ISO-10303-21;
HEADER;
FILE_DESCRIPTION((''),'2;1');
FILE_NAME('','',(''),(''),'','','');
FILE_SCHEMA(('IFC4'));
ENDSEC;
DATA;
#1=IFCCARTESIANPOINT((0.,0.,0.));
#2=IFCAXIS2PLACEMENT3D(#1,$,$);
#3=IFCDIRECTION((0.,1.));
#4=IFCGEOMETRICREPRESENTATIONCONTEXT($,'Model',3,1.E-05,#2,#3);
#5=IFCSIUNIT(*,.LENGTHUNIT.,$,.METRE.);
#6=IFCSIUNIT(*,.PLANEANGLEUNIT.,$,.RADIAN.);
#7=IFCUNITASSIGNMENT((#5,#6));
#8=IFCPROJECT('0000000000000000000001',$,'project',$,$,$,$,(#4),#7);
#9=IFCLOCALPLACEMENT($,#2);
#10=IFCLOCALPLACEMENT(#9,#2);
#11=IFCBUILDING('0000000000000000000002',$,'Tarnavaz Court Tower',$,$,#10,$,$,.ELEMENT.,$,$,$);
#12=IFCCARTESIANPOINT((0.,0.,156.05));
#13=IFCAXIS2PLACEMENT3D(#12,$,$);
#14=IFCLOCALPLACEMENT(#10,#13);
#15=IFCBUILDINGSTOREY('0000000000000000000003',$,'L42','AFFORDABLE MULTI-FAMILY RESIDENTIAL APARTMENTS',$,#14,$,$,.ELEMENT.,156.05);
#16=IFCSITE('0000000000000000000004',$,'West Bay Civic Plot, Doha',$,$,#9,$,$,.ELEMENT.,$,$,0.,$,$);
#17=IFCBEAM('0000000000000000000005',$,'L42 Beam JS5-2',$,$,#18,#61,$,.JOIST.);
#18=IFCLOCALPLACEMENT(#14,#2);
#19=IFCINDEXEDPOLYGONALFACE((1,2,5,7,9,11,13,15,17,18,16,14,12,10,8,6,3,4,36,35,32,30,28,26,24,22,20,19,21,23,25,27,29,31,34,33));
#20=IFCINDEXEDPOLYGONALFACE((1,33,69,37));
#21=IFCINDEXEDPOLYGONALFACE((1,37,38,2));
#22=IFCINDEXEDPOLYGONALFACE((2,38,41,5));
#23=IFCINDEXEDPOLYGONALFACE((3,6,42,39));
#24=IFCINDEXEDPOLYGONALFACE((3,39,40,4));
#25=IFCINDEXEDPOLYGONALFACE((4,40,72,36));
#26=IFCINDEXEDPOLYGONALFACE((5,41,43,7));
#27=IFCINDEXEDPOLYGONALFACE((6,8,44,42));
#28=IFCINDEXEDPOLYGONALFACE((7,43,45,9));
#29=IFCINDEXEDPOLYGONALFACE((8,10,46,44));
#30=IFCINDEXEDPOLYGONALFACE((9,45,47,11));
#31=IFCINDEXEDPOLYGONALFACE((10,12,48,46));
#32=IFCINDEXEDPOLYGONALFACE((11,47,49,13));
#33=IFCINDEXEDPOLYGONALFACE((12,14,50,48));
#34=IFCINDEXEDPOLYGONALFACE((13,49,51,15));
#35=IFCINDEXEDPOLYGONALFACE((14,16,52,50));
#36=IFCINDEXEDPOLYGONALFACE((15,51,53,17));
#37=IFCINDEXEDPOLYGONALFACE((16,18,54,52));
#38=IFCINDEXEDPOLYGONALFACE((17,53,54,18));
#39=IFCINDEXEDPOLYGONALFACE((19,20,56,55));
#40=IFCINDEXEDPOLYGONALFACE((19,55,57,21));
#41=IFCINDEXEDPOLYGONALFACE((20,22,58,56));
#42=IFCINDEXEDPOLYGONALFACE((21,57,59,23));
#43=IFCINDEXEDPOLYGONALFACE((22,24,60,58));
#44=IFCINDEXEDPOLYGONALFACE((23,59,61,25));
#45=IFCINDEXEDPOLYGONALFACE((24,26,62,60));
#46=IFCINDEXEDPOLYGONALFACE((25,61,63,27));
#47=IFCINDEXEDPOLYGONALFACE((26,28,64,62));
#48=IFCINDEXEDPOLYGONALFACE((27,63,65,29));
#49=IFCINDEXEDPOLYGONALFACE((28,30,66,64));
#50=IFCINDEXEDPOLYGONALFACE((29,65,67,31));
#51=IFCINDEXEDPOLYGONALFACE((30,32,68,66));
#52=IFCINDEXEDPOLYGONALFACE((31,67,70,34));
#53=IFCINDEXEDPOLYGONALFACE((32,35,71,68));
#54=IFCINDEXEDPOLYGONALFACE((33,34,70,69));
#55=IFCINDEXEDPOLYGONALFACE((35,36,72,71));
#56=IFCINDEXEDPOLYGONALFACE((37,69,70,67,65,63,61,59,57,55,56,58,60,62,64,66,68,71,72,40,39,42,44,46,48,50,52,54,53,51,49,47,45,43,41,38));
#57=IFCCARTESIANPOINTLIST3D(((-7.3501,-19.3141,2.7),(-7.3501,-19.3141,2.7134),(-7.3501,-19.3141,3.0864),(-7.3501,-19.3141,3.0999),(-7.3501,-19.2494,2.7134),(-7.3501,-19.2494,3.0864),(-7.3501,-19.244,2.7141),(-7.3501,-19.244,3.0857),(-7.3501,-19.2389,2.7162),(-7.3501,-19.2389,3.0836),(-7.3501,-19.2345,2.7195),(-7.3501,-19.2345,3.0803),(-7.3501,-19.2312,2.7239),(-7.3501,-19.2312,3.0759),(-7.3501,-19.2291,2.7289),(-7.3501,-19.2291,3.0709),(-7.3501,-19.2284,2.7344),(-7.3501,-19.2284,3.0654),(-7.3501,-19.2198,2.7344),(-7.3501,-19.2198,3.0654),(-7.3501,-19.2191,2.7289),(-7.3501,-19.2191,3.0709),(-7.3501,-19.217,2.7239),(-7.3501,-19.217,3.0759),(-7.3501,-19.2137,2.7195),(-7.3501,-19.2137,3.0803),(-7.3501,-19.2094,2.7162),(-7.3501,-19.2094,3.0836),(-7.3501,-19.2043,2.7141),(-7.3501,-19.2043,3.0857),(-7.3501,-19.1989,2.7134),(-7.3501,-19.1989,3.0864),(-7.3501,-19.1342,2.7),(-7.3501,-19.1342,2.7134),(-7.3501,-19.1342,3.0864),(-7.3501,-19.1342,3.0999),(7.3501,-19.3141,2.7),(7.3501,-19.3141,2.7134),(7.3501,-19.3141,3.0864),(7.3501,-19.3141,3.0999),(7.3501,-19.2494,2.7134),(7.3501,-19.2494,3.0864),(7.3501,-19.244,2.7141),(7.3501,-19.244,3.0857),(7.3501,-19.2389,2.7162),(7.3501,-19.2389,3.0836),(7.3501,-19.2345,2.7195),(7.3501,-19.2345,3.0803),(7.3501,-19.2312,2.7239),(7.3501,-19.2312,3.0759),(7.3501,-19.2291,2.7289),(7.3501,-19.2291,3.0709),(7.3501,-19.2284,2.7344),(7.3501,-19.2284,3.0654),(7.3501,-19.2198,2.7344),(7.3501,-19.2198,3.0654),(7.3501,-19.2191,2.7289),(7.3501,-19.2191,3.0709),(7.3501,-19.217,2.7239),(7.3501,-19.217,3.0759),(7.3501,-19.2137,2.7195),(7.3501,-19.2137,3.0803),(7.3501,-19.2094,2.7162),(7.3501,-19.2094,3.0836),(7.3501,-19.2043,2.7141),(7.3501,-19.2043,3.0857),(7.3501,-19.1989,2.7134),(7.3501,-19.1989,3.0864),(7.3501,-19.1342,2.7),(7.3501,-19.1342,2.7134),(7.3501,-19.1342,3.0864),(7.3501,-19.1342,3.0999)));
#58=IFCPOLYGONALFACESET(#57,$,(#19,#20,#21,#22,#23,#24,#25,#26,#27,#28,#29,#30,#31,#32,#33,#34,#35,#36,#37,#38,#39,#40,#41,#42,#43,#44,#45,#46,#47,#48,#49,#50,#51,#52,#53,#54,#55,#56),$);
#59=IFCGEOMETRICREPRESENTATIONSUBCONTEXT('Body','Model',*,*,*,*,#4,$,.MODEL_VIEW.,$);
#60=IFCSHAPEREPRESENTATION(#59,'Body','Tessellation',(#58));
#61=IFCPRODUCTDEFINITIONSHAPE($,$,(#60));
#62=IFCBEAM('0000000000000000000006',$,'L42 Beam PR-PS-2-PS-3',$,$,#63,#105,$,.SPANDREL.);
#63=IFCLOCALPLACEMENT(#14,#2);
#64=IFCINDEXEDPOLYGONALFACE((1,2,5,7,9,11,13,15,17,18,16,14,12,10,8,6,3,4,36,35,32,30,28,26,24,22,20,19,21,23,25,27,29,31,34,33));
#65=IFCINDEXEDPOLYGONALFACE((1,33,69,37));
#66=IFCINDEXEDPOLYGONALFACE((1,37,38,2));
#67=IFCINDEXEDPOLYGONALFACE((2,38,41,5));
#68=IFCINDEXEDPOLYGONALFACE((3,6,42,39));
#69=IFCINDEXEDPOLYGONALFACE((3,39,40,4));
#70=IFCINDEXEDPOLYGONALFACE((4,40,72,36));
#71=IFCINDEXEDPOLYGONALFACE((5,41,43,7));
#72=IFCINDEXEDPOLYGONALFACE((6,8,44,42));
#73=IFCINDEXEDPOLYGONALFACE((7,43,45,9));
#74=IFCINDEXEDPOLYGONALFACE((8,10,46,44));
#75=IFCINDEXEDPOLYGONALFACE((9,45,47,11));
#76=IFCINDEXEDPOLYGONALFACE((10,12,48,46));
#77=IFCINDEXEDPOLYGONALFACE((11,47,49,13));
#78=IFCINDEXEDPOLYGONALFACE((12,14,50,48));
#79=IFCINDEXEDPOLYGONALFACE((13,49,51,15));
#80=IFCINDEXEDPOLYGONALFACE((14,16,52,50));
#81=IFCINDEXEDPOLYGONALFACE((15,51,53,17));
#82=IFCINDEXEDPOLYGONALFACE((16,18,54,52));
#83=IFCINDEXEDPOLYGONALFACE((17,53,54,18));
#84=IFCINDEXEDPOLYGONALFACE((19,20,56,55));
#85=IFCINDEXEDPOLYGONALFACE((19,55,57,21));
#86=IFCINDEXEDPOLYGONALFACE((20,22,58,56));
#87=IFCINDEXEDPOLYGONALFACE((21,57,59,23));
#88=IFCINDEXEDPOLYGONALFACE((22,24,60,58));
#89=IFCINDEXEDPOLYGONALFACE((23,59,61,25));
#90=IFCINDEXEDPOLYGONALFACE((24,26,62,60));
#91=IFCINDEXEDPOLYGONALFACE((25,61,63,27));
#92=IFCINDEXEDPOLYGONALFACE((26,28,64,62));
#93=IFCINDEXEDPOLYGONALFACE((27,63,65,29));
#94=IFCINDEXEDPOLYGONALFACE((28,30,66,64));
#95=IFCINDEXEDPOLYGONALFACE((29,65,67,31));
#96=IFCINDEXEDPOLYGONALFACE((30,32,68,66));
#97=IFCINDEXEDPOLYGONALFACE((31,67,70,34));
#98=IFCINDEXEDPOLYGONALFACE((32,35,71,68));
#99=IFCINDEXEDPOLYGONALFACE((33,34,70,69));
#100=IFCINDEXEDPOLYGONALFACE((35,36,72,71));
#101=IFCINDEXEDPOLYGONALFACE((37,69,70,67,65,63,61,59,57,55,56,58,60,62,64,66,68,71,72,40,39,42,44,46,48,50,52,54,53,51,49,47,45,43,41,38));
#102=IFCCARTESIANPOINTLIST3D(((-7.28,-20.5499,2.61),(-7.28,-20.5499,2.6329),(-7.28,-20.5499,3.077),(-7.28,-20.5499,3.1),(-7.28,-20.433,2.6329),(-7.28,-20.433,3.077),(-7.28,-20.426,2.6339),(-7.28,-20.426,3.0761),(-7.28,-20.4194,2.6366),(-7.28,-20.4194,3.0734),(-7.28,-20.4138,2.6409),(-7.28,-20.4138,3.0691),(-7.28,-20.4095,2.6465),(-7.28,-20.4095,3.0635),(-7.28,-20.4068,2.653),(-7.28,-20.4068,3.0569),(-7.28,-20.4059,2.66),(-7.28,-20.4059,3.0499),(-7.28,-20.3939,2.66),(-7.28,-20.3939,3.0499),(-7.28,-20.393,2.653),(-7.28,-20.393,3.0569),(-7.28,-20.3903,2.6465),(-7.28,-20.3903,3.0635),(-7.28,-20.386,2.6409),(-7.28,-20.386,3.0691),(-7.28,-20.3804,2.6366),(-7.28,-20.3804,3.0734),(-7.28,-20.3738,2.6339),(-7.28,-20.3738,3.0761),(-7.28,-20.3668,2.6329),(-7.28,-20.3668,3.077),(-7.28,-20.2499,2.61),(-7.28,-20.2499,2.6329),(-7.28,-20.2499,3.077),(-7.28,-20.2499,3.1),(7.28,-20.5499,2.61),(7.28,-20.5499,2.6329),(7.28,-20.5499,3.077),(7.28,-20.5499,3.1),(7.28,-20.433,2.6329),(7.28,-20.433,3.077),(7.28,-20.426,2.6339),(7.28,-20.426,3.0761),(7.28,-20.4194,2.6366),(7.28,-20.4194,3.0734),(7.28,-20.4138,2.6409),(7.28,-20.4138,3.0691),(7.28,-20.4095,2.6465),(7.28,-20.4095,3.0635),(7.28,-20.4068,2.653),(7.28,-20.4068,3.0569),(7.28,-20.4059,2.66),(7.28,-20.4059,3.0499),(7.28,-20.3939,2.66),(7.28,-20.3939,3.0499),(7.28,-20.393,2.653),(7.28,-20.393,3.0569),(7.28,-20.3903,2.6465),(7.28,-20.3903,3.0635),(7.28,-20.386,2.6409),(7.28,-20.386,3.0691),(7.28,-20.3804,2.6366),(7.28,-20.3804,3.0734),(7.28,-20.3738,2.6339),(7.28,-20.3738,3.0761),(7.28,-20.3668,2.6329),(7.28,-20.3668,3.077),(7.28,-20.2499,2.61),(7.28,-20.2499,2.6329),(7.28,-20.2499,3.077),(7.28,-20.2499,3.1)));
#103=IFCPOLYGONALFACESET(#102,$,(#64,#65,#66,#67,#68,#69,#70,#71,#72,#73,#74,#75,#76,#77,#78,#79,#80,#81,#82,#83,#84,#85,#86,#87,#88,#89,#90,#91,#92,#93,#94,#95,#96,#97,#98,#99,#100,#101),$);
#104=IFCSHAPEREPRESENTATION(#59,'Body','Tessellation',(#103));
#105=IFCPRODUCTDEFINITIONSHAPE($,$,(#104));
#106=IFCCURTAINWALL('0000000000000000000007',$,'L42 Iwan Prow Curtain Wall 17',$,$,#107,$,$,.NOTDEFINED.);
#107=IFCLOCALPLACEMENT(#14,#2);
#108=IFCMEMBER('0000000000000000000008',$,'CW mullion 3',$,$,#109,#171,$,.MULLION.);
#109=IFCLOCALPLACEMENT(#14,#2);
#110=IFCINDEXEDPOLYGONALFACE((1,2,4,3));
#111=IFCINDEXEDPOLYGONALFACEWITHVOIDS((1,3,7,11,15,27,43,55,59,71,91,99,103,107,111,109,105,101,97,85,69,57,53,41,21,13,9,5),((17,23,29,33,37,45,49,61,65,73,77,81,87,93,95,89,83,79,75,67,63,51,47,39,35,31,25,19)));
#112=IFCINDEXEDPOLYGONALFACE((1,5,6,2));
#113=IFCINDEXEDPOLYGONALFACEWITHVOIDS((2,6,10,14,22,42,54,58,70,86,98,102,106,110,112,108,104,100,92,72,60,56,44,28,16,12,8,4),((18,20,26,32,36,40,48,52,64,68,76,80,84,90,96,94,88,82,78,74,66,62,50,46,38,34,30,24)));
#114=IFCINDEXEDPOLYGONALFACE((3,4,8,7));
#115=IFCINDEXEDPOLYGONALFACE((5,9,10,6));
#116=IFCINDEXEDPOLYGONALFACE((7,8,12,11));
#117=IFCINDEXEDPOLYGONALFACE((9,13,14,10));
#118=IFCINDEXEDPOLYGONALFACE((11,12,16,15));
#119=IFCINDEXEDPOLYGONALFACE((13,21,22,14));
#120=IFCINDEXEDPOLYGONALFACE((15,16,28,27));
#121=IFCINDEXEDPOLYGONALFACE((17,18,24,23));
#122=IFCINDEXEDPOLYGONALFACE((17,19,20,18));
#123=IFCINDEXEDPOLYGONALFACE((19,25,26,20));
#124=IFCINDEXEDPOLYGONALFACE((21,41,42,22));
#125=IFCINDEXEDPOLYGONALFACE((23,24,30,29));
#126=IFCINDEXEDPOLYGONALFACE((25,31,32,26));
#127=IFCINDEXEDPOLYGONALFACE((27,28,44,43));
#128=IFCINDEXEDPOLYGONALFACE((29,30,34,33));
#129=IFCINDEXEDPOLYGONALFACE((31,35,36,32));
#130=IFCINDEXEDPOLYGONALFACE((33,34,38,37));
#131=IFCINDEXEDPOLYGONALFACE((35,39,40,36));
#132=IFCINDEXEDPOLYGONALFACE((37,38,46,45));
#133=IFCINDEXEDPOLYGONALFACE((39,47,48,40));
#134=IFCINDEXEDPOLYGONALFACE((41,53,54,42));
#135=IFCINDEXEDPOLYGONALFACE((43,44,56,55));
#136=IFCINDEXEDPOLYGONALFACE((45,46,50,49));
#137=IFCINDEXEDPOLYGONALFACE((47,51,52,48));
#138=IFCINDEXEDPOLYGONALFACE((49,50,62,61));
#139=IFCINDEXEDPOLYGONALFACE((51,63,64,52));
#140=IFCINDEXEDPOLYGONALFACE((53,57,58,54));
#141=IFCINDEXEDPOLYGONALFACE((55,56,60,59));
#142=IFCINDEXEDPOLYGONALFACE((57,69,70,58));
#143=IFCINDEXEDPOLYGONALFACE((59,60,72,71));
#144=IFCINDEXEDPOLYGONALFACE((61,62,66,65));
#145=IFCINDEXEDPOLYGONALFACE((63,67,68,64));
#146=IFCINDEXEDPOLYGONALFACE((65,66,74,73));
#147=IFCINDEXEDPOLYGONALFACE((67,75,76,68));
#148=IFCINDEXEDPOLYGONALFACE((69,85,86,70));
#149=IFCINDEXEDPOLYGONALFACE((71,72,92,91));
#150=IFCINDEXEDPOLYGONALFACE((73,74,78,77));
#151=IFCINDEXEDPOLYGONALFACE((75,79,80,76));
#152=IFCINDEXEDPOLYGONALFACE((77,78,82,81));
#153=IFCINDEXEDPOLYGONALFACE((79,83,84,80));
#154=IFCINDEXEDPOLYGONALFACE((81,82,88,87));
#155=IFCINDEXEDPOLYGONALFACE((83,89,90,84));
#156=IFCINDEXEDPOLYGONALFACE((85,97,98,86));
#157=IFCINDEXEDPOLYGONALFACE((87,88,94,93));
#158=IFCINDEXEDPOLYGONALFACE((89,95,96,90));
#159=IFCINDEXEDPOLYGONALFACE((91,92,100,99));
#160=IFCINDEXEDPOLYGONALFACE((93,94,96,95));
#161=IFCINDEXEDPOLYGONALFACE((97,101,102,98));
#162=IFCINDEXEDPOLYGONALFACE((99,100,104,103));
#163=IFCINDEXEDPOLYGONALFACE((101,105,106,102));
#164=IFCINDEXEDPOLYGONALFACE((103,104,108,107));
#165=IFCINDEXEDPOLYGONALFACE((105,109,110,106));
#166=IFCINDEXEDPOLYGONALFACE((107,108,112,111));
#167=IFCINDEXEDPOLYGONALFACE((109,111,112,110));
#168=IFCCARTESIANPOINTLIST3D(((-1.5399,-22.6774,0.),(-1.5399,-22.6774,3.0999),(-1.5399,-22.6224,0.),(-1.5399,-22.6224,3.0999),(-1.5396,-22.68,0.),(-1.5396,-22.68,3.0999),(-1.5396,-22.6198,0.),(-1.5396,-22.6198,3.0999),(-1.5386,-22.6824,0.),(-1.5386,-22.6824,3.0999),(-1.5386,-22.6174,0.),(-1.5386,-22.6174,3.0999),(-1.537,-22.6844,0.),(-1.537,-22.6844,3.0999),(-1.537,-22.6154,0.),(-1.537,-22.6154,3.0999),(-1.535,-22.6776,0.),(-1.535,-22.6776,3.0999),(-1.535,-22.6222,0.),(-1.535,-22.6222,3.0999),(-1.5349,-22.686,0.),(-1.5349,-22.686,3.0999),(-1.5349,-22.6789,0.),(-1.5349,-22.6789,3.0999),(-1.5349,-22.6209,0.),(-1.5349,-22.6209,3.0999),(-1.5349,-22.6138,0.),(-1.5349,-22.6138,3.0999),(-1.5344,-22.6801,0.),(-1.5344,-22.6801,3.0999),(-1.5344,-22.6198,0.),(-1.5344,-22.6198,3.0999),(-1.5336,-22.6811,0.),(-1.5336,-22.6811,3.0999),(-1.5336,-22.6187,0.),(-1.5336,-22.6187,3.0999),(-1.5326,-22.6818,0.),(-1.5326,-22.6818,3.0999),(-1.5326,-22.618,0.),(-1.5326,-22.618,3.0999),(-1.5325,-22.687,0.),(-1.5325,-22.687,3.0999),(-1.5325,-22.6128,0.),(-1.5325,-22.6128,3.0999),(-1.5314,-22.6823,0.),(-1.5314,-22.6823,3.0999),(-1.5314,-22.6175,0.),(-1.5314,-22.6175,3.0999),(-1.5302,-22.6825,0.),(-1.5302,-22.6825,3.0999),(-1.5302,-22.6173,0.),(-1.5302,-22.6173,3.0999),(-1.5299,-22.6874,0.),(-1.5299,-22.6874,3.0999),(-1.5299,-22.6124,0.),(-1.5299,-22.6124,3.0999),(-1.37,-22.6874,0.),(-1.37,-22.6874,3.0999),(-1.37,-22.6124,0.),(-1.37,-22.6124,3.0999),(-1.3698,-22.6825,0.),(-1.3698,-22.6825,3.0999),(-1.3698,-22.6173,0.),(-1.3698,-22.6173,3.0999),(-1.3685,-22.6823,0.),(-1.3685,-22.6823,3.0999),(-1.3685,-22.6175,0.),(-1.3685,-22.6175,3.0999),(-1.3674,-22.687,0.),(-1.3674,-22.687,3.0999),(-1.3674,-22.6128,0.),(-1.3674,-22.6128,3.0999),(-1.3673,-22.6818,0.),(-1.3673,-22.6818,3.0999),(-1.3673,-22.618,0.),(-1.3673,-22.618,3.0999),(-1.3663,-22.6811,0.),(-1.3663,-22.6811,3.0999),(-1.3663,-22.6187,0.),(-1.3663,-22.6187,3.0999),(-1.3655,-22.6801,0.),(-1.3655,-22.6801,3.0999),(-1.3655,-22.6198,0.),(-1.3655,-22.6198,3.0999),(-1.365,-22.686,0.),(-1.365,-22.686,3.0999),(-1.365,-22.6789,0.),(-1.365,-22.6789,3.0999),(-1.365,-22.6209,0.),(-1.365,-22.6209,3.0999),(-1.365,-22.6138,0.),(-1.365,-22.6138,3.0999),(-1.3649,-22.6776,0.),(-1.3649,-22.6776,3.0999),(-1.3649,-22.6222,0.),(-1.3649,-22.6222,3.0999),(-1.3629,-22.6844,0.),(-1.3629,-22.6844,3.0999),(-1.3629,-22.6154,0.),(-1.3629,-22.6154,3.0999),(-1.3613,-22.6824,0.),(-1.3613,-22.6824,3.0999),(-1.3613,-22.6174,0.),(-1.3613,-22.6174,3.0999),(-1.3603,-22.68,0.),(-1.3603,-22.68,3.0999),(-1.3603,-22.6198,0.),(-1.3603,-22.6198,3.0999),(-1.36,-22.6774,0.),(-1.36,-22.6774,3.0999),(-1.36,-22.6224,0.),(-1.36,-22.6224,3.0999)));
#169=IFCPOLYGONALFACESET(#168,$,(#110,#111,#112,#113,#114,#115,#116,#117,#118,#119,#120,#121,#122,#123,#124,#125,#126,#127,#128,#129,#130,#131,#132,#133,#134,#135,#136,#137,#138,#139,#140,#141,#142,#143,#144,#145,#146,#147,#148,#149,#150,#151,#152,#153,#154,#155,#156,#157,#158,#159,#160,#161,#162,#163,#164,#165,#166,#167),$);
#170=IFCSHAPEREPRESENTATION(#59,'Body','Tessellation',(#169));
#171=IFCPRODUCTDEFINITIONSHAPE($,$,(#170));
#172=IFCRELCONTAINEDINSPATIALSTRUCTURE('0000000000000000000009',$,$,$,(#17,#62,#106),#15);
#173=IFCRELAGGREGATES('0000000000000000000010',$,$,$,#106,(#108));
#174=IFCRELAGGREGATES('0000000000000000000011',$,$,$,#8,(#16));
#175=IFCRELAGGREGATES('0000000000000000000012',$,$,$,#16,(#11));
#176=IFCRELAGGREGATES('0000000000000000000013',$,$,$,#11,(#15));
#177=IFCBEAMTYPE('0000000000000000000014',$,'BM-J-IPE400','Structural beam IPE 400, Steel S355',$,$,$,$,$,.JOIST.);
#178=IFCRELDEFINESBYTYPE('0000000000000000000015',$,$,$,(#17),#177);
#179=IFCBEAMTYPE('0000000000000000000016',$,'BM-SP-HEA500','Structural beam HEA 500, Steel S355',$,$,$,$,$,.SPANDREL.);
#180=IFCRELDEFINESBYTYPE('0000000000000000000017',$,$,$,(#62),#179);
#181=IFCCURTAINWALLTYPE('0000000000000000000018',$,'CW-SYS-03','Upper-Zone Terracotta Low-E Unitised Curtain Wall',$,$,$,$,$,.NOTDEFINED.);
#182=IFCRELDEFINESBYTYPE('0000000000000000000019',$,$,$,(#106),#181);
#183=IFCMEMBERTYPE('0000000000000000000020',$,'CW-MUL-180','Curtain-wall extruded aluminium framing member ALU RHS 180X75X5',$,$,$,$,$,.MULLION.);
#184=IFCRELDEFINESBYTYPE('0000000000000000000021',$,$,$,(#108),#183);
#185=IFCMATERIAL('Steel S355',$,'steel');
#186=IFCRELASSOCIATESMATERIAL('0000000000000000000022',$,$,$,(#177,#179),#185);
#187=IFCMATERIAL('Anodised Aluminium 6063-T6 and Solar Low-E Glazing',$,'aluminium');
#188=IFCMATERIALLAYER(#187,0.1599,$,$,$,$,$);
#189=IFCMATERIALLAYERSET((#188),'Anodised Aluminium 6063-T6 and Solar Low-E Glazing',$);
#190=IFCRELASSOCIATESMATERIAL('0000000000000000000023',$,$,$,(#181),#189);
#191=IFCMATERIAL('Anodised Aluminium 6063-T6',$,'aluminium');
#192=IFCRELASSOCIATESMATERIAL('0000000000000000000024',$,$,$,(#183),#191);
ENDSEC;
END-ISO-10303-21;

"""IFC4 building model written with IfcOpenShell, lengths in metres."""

from ifc_helpers import new_model, si_unit, direction, frame, origin, origin_2d, place, context, subcontext, project, spatial, hollow_rectangle, i_section, extrude, material, layer, layer_set, material_profile, profile_set, type_object, element, aggregate, save


model = new_model("IFC4")

# Units and contexts
model_context = context("Model", 3, precision=1e-05, world=origin(), true_north=direction((0.0, 1.0)))
body_context = subcontext(model_context, "Body", "Model", "MODEL_VIEW")
ifc_project = project(units=[si_unit("LENGTHUNIT", "METRE"), si_unit("PLANEANGLEUNIT", "RADIAN")], contexts=[model_context])

# Site, building, storey
site_placement = place(None, origin())
site = spatial("IfcSite", under=ifc_project, at=site_placement, Name="West Bay Civic Plot, Doha", CompositionType="ELEMENT", RefElevation=0.0)
building_placement = place(site_placement, origin())
building = spatial("IfcBuilding", under=site, at=building_placement, Name="Tarnavaz Court Tower", CompositionType="ELEMENT")
storey_placement = place(building_placement, frame((0.0, 0.0, 156.05)))
storey = spatial("IfcBuildingStorey", under=building, at=storey_placement, Name="L42", Description="AFFORDABLE MULTI-FAMILY RESIDENTIAL APARTMENTS", CompositionType="ELEMENT", Elevation=156.05)

# Beams
ifc_material_1 = material(Name="Steel S355", Category="steel")
ifc_material_profile_1 = material_profile(ifc_material_1, i_section(OverallWidth=0.1799, OverallDepth=0.3999, WebThickness=0.0085, FlangeThickness=0.0134, FilletRadius=0.021, at=origin_2d()), Name="IPE 400")
ifc_profile_set_1 = profile_set([ifc_material_profile_1], Name="Steel S355")
beam_type_1 = type_object("IfcBeamType", Name="BM-J-IPE400", Description="Structural beam IPE 400, Steel S355", PredefinedType="JOIST", material=ifc_profile_set_1)
for number, where, z_axis, x_axis, name in (
    (1, (-7.3501, -19.2241, 2.8999), (1.0, 0.0, 0.0), (0.0, 1.0, 0.0), "L42 Beam JS5-2"),
):
    element("IfcBeam", number, at=place(storey_placement, frame(where, z_axis=z_axis, x_axis=x_axis)), inside=storey, type_object=beam_type_1, Name=name, PredefinedType="JOIST", context=body_context, shape_type="SweptSolid", body=[
        extrude(i_section(OverallWidth=0.1799, OverallDepth=0.3999, WebThickness=0.0085, FlangeThickness=0.0134, FilletRadius=0.021, at=origin_2d()), origin(), (0.0, 0.0, 1.0), 14.7002),
    ])
ifc_material_profile_2 = material_profile(ifc_material_1, i_section(OverallWidth=0.3, OverallDepth=0.49, WebThickness=0.012, FlangeThickness=0.0229, FilletRadius=0.0271, at=origin_2d()), Name="HEA 500")
ifc_profile_set_2 = profile_set([ifc_material_profile_2], Name="Steel S355")
beam_type_2 = type_object("IfcBeamType", Name="BM-SP-HEA500", Description="Structural beam HEA 500, Steel S355", PredefinedType="SPANDREL", material=ifc_profile_set_2)
beam_placement = place(storey_placement, frame((-7.28, -20.3999, 2.855), z_axis=(1.0, 0.0, 0.0), x_axis=(0.0, 1.0, 0.0)))
element("IfcBeam", 2, at=beam_placement, inside=storey, type_object=beam_type_2, Name="L42 Beam PR-PS-2-PS-3", PredefinedType="SPANDREL", context=body_context, shape_type="SweptSolid", body=[
    extrude(i_section(OverallWidth=0.3, OverallDepth=0.49, WebThickness=0.012, FlangeThickness=0.0229, FilletRadius=0.0271, at=origin_2d()), origin(), (0.0, 0.0, 1.0), 14.5601),
])

# Curtain wall, member
ifc_material_2 = material(Name="Anodised Aluminium 6063-T6 and Solar Low-E Glazing", Category="aluminium")
ifc_layer_1 = layer(ifc_material_2, 0.1599)
ifc_layer_set_1 = layer_set([ifc_layer_1], Name="Anodised Aluminium 6063-T6 and Solar Low-E Glazing")
curtain_wall_type = type_object("IfcCurtainWallType", Name="CW-SYS-03", Description="Upper-Zone Terracotta Low-E Unitised Curtain Wall", PredefinedType="NOTDEFINED", material=ifc_layer_set_1)
curtain_wall_placement = place(storey_placement, origin())
curtain_wall = element("IfcCurtainWall", 3, at=curtain_wall_placement, inside=storey, type_object=curtain_wall_type, Name="L42 Iwan Prow Curtain Wall 17", PredefinedType="NOTDEFINED")
ifc_material_3 = material(Name="Anodised Aluminium 6063-T6", Category="aluminium")
ifc_material_profile_3 = material_profile(ifc_material_3, hollow_rectangle(XDim=0.075, YDim=0.1799, WallThickness=0.0049, InnerFilletRadius=0.0049, OuterFilletRadius=0.01, at=origin_2d()), Name="ALU RHS 180X75X5")
ifc_profile_set_3 = profile_set([ifc_material_profile_3], Name="Anodised Aluminium 6063-T6")
member_type_1 = type_object("IfcMemberType", Name="CW-MUL-180", Description="Curtain-wall extruded aluminium framing member ALU RHS 180X75X5", PredefinedType="MULLION", material=ifc_profile_set_3)
member_1_placement = place(storey_placement, frame((-1.45, -22.6499, 0.0), z_axis=(0.0, 0.0, 1.0), x_axis=(0.0, -1.0, 0.0)))
member_1 = element("IfcMember", 4, at=member_1_placement, type_object=member_type_1, Name="CW mullion 3", PredefinedType="MULLION", context=body_context, shape_type="SweptSolid", body=[
    extrude(hollow_rectangle(XDim=0.075, YDim=0.1799, WallThickness=0.0049, InnerFilletRadius=0.0049, OuterFilletRadius=0.01, at=origin_2d()), origin(), (0.0, 0.0, 1.0), 3.0999),
])
aggregate(curtain_wall, [member_1])

save(model, "model.ifc")
